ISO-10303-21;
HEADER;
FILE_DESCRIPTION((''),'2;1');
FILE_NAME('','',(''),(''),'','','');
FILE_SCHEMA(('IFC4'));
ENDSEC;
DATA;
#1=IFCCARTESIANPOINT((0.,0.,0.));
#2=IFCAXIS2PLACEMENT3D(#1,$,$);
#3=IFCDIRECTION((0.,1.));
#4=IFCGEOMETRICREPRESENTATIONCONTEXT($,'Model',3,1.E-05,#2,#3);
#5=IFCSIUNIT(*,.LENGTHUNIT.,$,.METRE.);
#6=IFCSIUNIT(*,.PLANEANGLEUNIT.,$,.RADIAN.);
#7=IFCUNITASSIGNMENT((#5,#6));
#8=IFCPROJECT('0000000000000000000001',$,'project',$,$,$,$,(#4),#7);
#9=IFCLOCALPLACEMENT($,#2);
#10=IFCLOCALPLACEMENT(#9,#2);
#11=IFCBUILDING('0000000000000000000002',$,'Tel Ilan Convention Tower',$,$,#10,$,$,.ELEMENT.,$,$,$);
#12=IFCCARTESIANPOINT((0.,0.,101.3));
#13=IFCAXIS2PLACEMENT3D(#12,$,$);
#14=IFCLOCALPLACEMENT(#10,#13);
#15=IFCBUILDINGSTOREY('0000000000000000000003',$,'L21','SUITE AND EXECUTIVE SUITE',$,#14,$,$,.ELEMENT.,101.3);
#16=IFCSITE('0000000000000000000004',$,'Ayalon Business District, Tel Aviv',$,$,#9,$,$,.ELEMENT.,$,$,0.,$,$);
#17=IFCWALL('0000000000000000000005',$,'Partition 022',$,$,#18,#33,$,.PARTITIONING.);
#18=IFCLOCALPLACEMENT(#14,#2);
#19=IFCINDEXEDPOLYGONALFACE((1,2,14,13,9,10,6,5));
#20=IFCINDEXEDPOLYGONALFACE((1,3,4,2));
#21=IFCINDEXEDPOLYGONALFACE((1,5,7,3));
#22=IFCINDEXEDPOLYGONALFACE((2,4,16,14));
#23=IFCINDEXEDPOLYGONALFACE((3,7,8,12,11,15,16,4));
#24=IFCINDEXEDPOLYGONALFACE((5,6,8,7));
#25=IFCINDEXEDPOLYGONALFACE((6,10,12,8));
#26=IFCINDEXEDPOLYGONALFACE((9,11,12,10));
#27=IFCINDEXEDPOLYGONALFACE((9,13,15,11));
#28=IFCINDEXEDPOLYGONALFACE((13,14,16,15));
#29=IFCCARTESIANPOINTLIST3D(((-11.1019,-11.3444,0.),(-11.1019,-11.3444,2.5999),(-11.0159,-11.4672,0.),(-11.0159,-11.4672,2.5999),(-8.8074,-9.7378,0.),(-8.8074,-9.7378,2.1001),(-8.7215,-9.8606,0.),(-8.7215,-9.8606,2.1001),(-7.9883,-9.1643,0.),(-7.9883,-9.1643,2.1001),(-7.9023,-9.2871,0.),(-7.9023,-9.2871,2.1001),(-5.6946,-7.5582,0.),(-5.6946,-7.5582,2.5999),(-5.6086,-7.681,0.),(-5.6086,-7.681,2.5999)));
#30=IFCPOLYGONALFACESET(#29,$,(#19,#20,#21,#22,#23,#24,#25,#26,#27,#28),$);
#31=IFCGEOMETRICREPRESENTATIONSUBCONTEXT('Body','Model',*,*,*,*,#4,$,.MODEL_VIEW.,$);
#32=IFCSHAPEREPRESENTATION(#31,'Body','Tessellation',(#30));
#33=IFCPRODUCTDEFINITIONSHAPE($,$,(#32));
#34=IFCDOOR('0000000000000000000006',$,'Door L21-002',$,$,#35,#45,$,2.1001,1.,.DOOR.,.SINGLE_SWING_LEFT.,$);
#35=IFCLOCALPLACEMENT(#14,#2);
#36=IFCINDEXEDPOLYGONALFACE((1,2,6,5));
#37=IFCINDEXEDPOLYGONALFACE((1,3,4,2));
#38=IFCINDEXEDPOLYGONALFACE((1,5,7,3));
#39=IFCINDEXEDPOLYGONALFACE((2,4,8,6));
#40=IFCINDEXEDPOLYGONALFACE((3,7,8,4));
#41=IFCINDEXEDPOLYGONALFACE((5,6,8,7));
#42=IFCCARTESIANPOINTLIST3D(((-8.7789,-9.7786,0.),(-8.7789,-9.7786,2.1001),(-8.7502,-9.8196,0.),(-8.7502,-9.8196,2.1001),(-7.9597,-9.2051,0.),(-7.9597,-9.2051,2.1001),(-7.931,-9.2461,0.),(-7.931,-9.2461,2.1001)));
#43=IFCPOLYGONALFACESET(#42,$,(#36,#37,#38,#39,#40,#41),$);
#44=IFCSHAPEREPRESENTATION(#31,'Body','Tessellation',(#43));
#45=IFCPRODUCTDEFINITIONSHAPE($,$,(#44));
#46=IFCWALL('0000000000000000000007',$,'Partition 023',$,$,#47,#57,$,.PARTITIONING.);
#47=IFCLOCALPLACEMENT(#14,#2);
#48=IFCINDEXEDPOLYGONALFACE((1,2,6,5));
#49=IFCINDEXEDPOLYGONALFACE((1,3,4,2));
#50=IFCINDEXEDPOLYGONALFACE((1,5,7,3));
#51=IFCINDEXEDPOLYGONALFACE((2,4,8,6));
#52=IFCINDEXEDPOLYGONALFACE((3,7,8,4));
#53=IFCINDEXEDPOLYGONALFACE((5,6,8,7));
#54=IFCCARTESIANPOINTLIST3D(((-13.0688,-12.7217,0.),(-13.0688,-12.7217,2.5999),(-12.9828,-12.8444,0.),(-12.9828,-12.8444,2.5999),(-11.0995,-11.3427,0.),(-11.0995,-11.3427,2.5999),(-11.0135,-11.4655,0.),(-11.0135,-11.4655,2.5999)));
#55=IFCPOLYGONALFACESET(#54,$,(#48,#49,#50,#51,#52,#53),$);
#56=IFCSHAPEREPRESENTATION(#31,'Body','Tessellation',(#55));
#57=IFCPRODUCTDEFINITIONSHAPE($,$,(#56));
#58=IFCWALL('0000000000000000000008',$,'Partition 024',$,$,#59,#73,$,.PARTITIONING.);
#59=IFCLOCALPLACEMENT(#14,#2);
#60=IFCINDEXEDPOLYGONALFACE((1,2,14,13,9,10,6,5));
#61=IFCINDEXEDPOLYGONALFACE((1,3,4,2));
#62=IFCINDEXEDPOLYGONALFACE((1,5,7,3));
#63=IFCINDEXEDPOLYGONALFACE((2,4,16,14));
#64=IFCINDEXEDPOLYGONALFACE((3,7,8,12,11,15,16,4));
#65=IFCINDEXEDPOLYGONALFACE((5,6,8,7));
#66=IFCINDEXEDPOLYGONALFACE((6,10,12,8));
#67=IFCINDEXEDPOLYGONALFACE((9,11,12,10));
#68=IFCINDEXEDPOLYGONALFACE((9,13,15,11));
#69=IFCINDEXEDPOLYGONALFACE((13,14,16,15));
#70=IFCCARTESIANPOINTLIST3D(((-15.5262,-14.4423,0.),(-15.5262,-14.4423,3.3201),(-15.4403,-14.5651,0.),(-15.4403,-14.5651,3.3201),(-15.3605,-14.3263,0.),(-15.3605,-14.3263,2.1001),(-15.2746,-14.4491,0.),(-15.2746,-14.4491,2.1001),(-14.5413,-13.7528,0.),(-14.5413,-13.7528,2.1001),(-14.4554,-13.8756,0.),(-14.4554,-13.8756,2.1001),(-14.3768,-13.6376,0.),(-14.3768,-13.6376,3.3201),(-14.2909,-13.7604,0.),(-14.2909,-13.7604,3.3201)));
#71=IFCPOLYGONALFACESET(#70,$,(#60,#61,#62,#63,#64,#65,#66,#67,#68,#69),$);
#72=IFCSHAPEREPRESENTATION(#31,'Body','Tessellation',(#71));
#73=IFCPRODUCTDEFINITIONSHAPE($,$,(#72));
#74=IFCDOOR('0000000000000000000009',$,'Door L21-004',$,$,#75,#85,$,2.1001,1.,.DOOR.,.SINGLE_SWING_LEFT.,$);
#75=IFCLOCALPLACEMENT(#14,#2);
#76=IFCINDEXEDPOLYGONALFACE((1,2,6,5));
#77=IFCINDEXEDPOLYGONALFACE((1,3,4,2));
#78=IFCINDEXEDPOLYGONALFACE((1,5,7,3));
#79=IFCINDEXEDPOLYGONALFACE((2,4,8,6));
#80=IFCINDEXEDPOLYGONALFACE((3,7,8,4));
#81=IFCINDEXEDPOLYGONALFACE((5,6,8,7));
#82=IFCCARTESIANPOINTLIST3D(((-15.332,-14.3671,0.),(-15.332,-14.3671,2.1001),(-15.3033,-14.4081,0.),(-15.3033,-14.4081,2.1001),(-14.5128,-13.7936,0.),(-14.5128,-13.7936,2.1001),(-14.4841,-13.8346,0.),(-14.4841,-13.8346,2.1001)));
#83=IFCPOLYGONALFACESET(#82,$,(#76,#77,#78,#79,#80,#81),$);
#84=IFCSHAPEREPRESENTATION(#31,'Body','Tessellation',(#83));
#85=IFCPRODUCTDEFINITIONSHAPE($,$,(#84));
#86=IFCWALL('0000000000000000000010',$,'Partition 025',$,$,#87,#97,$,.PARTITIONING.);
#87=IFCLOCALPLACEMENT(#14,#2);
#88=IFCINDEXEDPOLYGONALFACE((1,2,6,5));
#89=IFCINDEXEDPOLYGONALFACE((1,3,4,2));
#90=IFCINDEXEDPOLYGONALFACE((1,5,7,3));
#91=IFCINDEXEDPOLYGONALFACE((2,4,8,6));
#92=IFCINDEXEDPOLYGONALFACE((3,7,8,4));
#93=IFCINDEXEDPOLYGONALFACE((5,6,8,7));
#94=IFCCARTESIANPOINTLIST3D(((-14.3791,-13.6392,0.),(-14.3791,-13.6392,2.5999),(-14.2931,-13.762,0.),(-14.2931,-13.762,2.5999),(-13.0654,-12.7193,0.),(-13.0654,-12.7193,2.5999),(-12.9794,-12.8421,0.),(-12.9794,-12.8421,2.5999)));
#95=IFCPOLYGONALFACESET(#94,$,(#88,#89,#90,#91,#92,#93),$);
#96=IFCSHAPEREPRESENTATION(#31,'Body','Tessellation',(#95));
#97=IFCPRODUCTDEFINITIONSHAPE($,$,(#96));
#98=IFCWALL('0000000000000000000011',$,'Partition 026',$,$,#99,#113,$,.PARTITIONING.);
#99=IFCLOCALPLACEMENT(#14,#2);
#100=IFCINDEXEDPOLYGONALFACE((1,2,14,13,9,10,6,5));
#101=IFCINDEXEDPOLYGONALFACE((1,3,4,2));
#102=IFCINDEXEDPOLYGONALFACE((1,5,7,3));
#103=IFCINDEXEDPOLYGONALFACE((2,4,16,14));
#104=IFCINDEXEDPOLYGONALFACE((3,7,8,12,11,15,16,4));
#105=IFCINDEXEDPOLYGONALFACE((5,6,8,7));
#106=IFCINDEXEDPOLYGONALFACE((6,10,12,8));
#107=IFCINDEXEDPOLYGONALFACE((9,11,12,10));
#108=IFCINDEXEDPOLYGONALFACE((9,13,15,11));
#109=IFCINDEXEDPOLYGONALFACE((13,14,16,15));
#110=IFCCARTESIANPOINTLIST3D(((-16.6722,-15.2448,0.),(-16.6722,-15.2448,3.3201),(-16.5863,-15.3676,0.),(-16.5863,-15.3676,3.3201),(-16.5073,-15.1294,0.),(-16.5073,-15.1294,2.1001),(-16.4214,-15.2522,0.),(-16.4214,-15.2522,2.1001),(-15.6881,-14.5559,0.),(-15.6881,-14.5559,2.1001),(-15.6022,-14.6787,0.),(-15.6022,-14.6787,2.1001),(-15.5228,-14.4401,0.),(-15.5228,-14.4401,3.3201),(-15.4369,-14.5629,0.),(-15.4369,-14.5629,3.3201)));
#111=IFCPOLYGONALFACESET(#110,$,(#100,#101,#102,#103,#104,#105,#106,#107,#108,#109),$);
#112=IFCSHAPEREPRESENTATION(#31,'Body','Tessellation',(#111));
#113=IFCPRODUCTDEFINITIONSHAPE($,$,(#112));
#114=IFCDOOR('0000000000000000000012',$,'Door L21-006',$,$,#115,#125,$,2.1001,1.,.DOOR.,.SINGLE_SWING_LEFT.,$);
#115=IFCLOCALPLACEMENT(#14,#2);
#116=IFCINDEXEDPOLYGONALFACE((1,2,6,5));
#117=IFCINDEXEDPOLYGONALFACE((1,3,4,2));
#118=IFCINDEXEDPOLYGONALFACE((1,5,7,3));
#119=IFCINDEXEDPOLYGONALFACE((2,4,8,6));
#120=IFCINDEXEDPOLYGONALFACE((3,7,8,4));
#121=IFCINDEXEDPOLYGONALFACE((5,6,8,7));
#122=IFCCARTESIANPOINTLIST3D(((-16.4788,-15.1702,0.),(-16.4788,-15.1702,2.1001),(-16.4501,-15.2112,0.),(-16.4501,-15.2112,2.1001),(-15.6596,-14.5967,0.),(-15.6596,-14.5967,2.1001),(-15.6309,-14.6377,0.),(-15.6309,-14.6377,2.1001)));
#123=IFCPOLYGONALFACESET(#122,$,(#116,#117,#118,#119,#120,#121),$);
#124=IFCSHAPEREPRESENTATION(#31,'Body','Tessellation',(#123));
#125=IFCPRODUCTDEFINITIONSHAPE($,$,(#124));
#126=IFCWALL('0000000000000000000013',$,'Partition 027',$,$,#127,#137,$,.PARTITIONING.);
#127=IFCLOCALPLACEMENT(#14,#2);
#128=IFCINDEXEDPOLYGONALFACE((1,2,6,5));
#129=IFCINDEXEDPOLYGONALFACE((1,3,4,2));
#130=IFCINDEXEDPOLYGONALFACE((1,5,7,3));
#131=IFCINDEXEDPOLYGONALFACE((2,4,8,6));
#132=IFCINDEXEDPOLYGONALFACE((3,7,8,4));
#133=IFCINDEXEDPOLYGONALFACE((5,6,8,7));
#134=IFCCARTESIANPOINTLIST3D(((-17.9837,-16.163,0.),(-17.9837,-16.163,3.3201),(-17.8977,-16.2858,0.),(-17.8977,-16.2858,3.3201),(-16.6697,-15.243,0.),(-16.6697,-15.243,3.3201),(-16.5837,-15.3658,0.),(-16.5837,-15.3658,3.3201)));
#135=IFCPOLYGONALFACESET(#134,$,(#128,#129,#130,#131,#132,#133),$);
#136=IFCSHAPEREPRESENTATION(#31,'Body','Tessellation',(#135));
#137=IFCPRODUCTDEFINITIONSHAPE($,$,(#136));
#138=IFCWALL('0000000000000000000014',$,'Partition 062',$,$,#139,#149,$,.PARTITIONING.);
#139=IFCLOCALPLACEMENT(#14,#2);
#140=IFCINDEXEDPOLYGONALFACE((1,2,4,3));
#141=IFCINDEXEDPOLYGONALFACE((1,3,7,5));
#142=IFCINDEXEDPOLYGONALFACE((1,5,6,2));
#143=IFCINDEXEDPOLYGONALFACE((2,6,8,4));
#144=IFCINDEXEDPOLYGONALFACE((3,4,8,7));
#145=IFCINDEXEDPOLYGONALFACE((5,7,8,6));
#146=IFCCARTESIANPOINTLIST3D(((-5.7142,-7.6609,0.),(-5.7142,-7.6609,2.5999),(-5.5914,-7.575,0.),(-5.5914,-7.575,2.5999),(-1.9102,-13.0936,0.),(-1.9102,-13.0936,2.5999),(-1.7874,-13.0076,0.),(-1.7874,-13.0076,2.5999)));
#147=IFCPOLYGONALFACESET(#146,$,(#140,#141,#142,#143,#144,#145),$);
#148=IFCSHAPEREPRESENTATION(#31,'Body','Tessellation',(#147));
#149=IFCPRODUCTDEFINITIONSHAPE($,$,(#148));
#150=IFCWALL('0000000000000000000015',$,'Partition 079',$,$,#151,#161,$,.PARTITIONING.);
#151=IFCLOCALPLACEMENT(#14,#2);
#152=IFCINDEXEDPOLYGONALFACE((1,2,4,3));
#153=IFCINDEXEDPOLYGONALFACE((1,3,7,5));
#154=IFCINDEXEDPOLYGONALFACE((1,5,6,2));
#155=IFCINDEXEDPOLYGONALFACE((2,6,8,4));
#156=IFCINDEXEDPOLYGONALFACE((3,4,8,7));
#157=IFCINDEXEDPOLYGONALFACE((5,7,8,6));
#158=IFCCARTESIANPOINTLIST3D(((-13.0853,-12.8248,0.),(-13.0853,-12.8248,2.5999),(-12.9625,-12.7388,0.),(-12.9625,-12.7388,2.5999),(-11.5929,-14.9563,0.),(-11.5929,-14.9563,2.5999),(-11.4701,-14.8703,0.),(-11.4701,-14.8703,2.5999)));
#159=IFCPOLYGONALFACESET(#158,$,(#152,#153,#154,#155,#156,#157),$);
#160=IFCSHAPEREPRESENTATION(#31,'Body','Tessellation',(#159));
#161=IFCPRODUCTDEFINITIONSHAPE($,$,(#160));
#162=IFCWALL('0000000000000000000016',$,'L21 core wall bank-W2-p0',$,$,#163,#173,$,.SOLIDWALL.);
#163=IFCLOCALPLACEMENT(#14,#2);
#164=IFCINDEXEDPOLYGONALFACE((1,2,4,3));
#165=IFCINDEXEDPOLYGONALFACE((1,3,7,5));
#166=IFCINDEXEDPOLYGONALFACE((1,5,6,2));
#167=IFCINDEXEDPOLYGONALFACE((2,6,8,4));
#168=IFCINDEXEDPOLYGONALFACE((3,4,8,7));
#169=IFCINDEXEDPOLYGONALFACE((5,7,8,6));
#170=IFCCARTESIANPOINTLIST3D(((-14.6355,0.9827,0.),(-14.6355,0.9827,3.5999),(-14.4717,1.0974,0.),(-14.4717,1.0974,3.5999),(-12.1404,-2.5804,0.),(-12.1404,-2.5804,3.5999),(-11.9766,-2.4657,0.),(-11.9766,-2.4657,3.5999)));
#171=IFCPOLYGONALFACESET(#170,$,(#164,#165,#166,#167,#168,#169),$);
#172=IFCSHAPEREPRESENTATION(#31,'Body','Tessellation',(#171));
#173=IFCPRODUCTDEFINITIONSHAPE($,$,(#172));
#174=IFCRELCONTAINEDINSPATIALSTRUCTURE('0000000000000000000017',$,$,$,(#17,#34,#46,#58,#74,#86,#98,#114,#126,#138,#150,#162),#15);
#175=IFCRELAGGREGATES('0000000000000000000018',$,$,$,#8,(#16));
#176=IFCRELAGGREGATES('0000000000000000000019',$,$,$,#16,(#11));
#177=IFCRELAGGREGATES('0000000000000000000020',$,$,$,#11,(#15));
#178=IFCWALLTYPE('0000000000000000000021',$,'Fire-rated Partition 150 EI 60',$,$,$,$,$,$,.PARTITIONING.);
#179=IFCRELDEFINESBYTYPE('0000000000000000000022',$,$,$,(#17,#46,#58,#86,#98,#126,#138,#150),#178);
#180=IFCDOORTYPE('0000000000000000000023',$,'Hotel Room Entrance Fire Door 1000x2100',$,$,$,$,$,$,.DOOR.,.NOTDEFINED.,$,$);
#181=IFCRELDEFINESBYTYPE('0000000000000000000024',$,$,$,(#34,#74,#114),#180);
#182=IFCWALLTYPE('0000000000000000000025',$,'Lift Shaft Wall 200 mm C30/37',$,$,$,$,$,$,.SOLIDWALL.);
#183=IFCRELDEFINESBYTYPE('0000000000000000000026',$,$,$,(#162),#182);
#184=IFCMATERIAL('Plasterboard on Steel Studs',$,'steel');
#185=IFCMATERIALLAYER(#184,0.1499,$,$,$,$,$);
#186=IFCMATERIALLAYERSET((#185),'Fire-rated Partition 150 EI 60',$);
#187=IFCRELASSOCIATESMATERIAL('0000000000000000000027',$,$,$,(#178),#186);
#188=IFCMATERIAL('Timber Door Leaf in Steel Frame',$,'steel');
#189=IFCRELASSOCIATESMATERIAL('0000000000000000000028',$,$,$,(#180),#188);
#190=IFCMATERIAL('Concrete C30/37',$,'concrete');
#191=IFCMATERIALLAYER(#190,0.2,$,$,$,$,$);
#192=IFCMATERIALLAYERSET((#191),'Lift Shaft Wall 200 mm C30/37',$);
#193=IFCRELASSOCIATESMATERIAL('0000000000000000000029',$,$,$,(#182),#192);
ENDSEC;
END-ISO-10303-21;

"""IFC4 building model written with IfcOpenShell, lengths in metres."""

from ifc_helpers import new_model, si_unit, direction, frame, frame_2d, origin, place, context, subcontext, project, spatial, rectangle, extrude, material, layer, layer_set, type_object, element, fill, save


model = new_model("IFC4")

# Units and contexts
model_context = context("Model", 3, precision=1e-05, world=origin(), true_north=direction((0.0, 1.0)))
body_context = subcontext(model_context, "Body", "Model", "MODEL_VIEW")
ifc_project = project(units=[si_unit("LENGTHUNIT", "METRE"), si_unit("PLANEANGLEUNIT", "RADIAN")], contexts=[model_context])

# Site, building, storey
site_placement = place(None, origin())
site = spatial("IfcSite", under=ifc_project, at=site_placement, Name="Ayalon Business District, Tel Aviv", CompositionType="ELEMENT", RefElevation=0.0)
building_placement = place(site_placement, origin())
building = spatial("IfcBuilding", under=site, at=building_placement, Name="Tel Ilan Convention Tower", CompositionType="ELEMENT")
storey_placement = place(building_placement, frame((0.0, 0.0, 101.3)))
storey = spatial("IfcBuildingStorey", under=building, at=storey_placement, Name="L21", Description="SUITE AND EXECUTIVE SUITE", CompositionType="ELEMENT", Elevation=101.3)

# Wall, opening, door
ifc_material_1 = material(Name="Plasterboard on Steel Studs", Category="steel")
ifc_layer_1 = layer(ifc_material_1, 0.1499)
ifc_layer_set_1 = layer_set([ifc_layer_1], Name="Fire-rated Partition 150 EI 60")
wall_type_1 = type_object("IfcWallType", Name="Fire-rated Partition 150 EI 60", PredefinedType="PARTITIONING", material=ifc_layer_set_1)
wall_1_placement = place(storey_placement, frame((-5.6516, -7.6196, 0.0), z_axis=(0.0, 0.0, 1.0), x_axis=(-0.819155, -0.573572, 0.0)))
wall_1 = element("IfcWall", 1, at=wall_1_placement, inside=storey, type_object=wall_type_1, Name="Partition 022", PredefinedType="PARTITIONING", context=body_context, shape_type="SweptSolid", body=[
    extrude(rectangle(XDim=6.6011, YDim=0.1499, at=frame_2d((3.3005, 0.0))), origin(), (0.0, 0.0, 1.0), 2.5999),
])
opening_1_placement = place(wall_1_placement, frame((2.8, 0.0, 0.0)))
opening_1 = element("IfcOpeningElement", 2, at=opening_1_placement, cuts=wall_1, PredefinedType="OPENING", context=body_context, shape_type="SweptSolid", body=[
    extrude(rectangle(XDim=1.0, YDim=2.1001, at=frame_2d((0.5, 1.05))), frame((0.0, 0.085, 0.0), z_axis=(0.0, -1.0, 0.0), x_axis=(1.0, 0.0, 0.0)), (0.0, 0.0, 1.0), 0.1699),
])
ifc_material_2 = material(Name="Timber Door Leaf in Steel Frame", Category="steel")
door_type_1 = type_object("IfcDoorType", Name="Hotel Room Entrance Fire Door 1000x2100", OperationType="NOTDEFINED", PredefinedType="DOOR", material=ifc_material_2)
door_1_placement = place(opening_1_placement, origin())
door_1 = element("IfcDoor", 3, at=door_1_placement, inside=storey, type_object=door_type_1, Name="Door L21-002", OperationType="SINGLE_SWING_LEFT", OverallHeight=2.1001, OverallWidth=1.0, PredefinedType="DOOR", context=body_context, shape_type="SweptSolid", body=[
    extrude(rectangle(XDim=1.0, YDim=2.1001, at=frame_2d((0.5, 1.05))), frame((0.0, 0.0249, 0.0), z_axis=(0.0, -1.0, 0.0), x_axis=(1.0, 0.0, 0.0)), (0.0, 0.0, 1.0), 0.05),
])
fill(opening_1, door_1)

# Wall
wall_2_placement = place(storey_placement, frame((-11.0564, -11.4041, 0.0), z_axis=(0.0, 0.0, 1.0), x_axis=(-0.819146, -0.573585, 0.0)))
element("IfcWall", 4, at=wall_2_placement, inside=storey, type_object=wall_type_1, Name="Partition 023", PredefinedType="PARTITIONING", context=body_context, shape_type="SweptSolid", body=[
    extrude(rectangle(XDim=2.4041, YDim=0.1499, at=frame_2d((1.2021, 0.0))), origin(), (0.0, 0.0, 1.0), 2.5999),
])

# Wall, opening, door
wall_3_placement = place(storey_placement, frame((-14.3337, -13.699, 0.0), z_axis=(0.0, 0.0, 1.0), x_axis=(-0.819199, -0.573509, 0.0)))
wall_3 = element("IfcWall", 5, at=wall_3_placement, inside=storey, type_object=wall_type_1, Name="Partition 024", PredefinedType="PARTITIONING", context=body_context, shape_type="SweptSolid", body=[
    extrude(rectangle(XDim=1.4031, YDim=0.1499, at=frame_2d((0.7017, 0.0))), origin(), (0.0, 0.0, 1.0), 3.3201),
])
opening_2_placement = place(wall_3_placement, frame((0.2009, 0.0, 0.0)))
opening_2 = element("IfcOpeningElement", 6, at=opening_2_placement, cuts=wall_3, PredefinedType="OPENING", context=body_context, shape_type="SweptSolid", body=[
    extrude(rectangle(XDim=1.0, YDim=2.1001, at=frame_2d((0.5, 1.05))), frame((0.0, 0.085, 0.0), z_axis=(0.0, -1.0, 0.0), x_axis=(1.0, 0.0, 0.0)), (0.0, 0.0, 1.0), 0.1699),
])
door_2_placement = place(opening_2_placement, origin())
door_2 = element("IfcDoor", 7, at=door_2_placement, inside=storey, type_object=door_type_1, Name="Door L21-004", OperationType="SINGLE_SWING_LEFT", OverallHeight=2.1001, OverallWidth=1.0, PredefinedType="DOOR", context=body_context, shape_type="SweptSolid", body=[
    extrude(rectangle(XDim=1.0, YDim=2.1001, at=frame_2d((0.5, 1.05))), frame((0.0, 0.0249, 0.0), z_axis=(0.0, -1.0, 0.0), x_axis=(1.0, 0.0, 0.0)), (0.0, 0.0, 1.0), 0.05),
])
fill(opening_2, door_2)

# Wall
wall_4_placement = place(storey_placement, frame((-13.0225, -12.7808, 0.0), z_axis=(0.0, 0.0, 1.0), x_axis=(-0.819139, -0.573595, 0.0)))
element("IfcWall", 8, at=wall_4_placement, inside=storey, type_object=wall_type_1, Name="Partition 025", PredefinedType="PARTITIONING", context=body_context, shape_type="SweptSolid", body=[
    extrude(rectangle(XDim=1.6038, YDim=0.1499, at=frame_2d((0.8018, 0.0))), origin(), (0.0, 0.0, 1.0), 2.5999),
])

# Wall, opening, door
wall_5_placement = place(storey_placement, frame((-15.4797, -14.5015, 0.0), z_axis=(0.0, 0.0, 1.0), x_axis=(-0.819199, -0.573509, 0.0)))
wall_5 = element("IfcWall", 9, at=wall_5_placement, inside=storey, type_object=wall_type_1, Name="Partition 026", PredefinedType="PARTITIONING", context=body_context, shape_type="SweptSolid", body=[
    extrude(rectangle(XDim=1.4031, YDim=0.1499, at=frame_2d((0.7017, 0.0))), origin(), (0.0, 0.0, 1.0), 3.3201),
])
opening_3_placement = place(wall_5_placement, frame((0.2019, 0.0, 0.0)))
opening_3 = element("IfcOpeningElement", 10, at=opening_3_placement, cuts=wall_5, PredefinedType="OPENING", context=body_context, shape_type="SweptSolid", body=[
    extrude(rectangle(XDim=1.0, YDim=2.1001, at=frame_2d((0.5, 1.05))), frame((0.0, 0.085, 0.0), z_axis=(0.0, -1.0, 0.0), x_axis=(1.0, 0.0, 0.0)), (0.0, 0.0, 1.0), 0.1699),
])
door_3_placement = place(opening_3_placement, origin())
door_3 = element("IfcDoor", 11, at=door_3_placement, inside=storey, type_object=door_type_1, Name="Door L21-006", OperationType="SINGLE_SWING_LEFT", OverallHeight=2.1001, OverallWidth=1.0, PredefinedType="DOOR", context=body_context, shape_type="SweptSolid", body=[
    extrude(rectangle(XDim=1.0, YDim=2.1001, at=frame_2d((0.5, 1.05))), frame((0.0, 0.0249, 0.0), z_axis=(0.0, -1.0, 0.0), x_axis=(1.0, 0.0, 0.0)), (0.0, 0.0, 1.0), 0.05),
])
fill(opening_3, door_3)

# Walls
wall_6_placement = place(storey_placement, frame((-16.6267, -15.3044, 0.0), z_axis=(0.0, 0.0, 1.0), x_axis=(-0.819189, -0.573524, 0.0)))
element("IfcWall", 12, at=wall_6_placement, inside=storey, type_object=wall_type_1, Name="Partition 027", PredefinedType="PARTITIONING", context=body_context, shape_type="SweptSolid", body=[
    extrude(rectangle(XDim=1.604, YDim=0.1499, at=frame_2d((0.802, 0.0))), origin(), (0.0, 0.0, 1.0), 3.3201),
])
wall_7_placement = place(storey_placement, frame((-1.8489, -13.0505, 0.0), z_axis=(0.0, 0.0, 1.0), x_axis=(-0.573576, 0.819152, 0.0)))
element("IfcWall", 13, at=wall_7_placement, inside=storey, type_object=wall_type_1, Name="Partition 062", PredefinedType="PARTITIONING", context=body_context, shape_type="SweptSolid", body=[
    extrude(rectangle(XDim=6.6321, YDim=0.1499, at=frame_2d((3.3159, 0.0))), origin(), (0.0, 0.0, 1.0), 2.5999),
])
wall_8_placement = place(storey_placement, frame((-11.5315, -14.9133, 0.0), z_axis=(0.0, 0.0, 1.0), x_axis=(-0.573544, 0.819175, 0.0)))
element("IfcWall", 14, at=wall_8_placement, inside=storey, type_object=wall_type_1, Name="Partition 079", PredefinedType="PARTITIONING", context=body_context, shape_type="SweptSolid", body=[
    extrude(rectangle(XDim=2.6021, YDim=0.1499, at=frame_2d((1.301, 0.0))), origin(), (0.0, 0.0, 1.0), 2.5999),
])
ifc_material_3 = material(Name="Concrete C30/37", Category="concrete")
ifc_layer_2 = layer(ifc_material_3, 0.2)
ifc_layer_set_2 = layer_set([ifc_layer_2], Name="Lift Shaft Wall 200 mm C30/37")
wall_type_2 = type_object("IfcWallType", Name="Lift Shaft Wall 200 mm C30/37", PredefinedType="SOLIDWALL", material=ifc_layer_set_2)
wall_9_placement = place(storey_placement, frame((-12.0586, -2.5229, 0.0), z_axis=(0.0, 0.0, 1.0), x_axis=(-0.573594, 0.81914, 0.0)))
element("IfcWall", 15, at=wall_9_placement, inside=storey, type_object=wall_type_2, Name="L21 core wall bank-W2-p0", PredefinedType="SOLIDWALL", context=body_context, shape_type="SweptSolid", body=[
    extrude(rectangle(XDim=4.3499, YDim=0.2, at=frame_2d((2.1748, 0.0))), origin(), (0.0, 0.0, 1.0), 3.5999),
])

save(model, "model.ifc")
